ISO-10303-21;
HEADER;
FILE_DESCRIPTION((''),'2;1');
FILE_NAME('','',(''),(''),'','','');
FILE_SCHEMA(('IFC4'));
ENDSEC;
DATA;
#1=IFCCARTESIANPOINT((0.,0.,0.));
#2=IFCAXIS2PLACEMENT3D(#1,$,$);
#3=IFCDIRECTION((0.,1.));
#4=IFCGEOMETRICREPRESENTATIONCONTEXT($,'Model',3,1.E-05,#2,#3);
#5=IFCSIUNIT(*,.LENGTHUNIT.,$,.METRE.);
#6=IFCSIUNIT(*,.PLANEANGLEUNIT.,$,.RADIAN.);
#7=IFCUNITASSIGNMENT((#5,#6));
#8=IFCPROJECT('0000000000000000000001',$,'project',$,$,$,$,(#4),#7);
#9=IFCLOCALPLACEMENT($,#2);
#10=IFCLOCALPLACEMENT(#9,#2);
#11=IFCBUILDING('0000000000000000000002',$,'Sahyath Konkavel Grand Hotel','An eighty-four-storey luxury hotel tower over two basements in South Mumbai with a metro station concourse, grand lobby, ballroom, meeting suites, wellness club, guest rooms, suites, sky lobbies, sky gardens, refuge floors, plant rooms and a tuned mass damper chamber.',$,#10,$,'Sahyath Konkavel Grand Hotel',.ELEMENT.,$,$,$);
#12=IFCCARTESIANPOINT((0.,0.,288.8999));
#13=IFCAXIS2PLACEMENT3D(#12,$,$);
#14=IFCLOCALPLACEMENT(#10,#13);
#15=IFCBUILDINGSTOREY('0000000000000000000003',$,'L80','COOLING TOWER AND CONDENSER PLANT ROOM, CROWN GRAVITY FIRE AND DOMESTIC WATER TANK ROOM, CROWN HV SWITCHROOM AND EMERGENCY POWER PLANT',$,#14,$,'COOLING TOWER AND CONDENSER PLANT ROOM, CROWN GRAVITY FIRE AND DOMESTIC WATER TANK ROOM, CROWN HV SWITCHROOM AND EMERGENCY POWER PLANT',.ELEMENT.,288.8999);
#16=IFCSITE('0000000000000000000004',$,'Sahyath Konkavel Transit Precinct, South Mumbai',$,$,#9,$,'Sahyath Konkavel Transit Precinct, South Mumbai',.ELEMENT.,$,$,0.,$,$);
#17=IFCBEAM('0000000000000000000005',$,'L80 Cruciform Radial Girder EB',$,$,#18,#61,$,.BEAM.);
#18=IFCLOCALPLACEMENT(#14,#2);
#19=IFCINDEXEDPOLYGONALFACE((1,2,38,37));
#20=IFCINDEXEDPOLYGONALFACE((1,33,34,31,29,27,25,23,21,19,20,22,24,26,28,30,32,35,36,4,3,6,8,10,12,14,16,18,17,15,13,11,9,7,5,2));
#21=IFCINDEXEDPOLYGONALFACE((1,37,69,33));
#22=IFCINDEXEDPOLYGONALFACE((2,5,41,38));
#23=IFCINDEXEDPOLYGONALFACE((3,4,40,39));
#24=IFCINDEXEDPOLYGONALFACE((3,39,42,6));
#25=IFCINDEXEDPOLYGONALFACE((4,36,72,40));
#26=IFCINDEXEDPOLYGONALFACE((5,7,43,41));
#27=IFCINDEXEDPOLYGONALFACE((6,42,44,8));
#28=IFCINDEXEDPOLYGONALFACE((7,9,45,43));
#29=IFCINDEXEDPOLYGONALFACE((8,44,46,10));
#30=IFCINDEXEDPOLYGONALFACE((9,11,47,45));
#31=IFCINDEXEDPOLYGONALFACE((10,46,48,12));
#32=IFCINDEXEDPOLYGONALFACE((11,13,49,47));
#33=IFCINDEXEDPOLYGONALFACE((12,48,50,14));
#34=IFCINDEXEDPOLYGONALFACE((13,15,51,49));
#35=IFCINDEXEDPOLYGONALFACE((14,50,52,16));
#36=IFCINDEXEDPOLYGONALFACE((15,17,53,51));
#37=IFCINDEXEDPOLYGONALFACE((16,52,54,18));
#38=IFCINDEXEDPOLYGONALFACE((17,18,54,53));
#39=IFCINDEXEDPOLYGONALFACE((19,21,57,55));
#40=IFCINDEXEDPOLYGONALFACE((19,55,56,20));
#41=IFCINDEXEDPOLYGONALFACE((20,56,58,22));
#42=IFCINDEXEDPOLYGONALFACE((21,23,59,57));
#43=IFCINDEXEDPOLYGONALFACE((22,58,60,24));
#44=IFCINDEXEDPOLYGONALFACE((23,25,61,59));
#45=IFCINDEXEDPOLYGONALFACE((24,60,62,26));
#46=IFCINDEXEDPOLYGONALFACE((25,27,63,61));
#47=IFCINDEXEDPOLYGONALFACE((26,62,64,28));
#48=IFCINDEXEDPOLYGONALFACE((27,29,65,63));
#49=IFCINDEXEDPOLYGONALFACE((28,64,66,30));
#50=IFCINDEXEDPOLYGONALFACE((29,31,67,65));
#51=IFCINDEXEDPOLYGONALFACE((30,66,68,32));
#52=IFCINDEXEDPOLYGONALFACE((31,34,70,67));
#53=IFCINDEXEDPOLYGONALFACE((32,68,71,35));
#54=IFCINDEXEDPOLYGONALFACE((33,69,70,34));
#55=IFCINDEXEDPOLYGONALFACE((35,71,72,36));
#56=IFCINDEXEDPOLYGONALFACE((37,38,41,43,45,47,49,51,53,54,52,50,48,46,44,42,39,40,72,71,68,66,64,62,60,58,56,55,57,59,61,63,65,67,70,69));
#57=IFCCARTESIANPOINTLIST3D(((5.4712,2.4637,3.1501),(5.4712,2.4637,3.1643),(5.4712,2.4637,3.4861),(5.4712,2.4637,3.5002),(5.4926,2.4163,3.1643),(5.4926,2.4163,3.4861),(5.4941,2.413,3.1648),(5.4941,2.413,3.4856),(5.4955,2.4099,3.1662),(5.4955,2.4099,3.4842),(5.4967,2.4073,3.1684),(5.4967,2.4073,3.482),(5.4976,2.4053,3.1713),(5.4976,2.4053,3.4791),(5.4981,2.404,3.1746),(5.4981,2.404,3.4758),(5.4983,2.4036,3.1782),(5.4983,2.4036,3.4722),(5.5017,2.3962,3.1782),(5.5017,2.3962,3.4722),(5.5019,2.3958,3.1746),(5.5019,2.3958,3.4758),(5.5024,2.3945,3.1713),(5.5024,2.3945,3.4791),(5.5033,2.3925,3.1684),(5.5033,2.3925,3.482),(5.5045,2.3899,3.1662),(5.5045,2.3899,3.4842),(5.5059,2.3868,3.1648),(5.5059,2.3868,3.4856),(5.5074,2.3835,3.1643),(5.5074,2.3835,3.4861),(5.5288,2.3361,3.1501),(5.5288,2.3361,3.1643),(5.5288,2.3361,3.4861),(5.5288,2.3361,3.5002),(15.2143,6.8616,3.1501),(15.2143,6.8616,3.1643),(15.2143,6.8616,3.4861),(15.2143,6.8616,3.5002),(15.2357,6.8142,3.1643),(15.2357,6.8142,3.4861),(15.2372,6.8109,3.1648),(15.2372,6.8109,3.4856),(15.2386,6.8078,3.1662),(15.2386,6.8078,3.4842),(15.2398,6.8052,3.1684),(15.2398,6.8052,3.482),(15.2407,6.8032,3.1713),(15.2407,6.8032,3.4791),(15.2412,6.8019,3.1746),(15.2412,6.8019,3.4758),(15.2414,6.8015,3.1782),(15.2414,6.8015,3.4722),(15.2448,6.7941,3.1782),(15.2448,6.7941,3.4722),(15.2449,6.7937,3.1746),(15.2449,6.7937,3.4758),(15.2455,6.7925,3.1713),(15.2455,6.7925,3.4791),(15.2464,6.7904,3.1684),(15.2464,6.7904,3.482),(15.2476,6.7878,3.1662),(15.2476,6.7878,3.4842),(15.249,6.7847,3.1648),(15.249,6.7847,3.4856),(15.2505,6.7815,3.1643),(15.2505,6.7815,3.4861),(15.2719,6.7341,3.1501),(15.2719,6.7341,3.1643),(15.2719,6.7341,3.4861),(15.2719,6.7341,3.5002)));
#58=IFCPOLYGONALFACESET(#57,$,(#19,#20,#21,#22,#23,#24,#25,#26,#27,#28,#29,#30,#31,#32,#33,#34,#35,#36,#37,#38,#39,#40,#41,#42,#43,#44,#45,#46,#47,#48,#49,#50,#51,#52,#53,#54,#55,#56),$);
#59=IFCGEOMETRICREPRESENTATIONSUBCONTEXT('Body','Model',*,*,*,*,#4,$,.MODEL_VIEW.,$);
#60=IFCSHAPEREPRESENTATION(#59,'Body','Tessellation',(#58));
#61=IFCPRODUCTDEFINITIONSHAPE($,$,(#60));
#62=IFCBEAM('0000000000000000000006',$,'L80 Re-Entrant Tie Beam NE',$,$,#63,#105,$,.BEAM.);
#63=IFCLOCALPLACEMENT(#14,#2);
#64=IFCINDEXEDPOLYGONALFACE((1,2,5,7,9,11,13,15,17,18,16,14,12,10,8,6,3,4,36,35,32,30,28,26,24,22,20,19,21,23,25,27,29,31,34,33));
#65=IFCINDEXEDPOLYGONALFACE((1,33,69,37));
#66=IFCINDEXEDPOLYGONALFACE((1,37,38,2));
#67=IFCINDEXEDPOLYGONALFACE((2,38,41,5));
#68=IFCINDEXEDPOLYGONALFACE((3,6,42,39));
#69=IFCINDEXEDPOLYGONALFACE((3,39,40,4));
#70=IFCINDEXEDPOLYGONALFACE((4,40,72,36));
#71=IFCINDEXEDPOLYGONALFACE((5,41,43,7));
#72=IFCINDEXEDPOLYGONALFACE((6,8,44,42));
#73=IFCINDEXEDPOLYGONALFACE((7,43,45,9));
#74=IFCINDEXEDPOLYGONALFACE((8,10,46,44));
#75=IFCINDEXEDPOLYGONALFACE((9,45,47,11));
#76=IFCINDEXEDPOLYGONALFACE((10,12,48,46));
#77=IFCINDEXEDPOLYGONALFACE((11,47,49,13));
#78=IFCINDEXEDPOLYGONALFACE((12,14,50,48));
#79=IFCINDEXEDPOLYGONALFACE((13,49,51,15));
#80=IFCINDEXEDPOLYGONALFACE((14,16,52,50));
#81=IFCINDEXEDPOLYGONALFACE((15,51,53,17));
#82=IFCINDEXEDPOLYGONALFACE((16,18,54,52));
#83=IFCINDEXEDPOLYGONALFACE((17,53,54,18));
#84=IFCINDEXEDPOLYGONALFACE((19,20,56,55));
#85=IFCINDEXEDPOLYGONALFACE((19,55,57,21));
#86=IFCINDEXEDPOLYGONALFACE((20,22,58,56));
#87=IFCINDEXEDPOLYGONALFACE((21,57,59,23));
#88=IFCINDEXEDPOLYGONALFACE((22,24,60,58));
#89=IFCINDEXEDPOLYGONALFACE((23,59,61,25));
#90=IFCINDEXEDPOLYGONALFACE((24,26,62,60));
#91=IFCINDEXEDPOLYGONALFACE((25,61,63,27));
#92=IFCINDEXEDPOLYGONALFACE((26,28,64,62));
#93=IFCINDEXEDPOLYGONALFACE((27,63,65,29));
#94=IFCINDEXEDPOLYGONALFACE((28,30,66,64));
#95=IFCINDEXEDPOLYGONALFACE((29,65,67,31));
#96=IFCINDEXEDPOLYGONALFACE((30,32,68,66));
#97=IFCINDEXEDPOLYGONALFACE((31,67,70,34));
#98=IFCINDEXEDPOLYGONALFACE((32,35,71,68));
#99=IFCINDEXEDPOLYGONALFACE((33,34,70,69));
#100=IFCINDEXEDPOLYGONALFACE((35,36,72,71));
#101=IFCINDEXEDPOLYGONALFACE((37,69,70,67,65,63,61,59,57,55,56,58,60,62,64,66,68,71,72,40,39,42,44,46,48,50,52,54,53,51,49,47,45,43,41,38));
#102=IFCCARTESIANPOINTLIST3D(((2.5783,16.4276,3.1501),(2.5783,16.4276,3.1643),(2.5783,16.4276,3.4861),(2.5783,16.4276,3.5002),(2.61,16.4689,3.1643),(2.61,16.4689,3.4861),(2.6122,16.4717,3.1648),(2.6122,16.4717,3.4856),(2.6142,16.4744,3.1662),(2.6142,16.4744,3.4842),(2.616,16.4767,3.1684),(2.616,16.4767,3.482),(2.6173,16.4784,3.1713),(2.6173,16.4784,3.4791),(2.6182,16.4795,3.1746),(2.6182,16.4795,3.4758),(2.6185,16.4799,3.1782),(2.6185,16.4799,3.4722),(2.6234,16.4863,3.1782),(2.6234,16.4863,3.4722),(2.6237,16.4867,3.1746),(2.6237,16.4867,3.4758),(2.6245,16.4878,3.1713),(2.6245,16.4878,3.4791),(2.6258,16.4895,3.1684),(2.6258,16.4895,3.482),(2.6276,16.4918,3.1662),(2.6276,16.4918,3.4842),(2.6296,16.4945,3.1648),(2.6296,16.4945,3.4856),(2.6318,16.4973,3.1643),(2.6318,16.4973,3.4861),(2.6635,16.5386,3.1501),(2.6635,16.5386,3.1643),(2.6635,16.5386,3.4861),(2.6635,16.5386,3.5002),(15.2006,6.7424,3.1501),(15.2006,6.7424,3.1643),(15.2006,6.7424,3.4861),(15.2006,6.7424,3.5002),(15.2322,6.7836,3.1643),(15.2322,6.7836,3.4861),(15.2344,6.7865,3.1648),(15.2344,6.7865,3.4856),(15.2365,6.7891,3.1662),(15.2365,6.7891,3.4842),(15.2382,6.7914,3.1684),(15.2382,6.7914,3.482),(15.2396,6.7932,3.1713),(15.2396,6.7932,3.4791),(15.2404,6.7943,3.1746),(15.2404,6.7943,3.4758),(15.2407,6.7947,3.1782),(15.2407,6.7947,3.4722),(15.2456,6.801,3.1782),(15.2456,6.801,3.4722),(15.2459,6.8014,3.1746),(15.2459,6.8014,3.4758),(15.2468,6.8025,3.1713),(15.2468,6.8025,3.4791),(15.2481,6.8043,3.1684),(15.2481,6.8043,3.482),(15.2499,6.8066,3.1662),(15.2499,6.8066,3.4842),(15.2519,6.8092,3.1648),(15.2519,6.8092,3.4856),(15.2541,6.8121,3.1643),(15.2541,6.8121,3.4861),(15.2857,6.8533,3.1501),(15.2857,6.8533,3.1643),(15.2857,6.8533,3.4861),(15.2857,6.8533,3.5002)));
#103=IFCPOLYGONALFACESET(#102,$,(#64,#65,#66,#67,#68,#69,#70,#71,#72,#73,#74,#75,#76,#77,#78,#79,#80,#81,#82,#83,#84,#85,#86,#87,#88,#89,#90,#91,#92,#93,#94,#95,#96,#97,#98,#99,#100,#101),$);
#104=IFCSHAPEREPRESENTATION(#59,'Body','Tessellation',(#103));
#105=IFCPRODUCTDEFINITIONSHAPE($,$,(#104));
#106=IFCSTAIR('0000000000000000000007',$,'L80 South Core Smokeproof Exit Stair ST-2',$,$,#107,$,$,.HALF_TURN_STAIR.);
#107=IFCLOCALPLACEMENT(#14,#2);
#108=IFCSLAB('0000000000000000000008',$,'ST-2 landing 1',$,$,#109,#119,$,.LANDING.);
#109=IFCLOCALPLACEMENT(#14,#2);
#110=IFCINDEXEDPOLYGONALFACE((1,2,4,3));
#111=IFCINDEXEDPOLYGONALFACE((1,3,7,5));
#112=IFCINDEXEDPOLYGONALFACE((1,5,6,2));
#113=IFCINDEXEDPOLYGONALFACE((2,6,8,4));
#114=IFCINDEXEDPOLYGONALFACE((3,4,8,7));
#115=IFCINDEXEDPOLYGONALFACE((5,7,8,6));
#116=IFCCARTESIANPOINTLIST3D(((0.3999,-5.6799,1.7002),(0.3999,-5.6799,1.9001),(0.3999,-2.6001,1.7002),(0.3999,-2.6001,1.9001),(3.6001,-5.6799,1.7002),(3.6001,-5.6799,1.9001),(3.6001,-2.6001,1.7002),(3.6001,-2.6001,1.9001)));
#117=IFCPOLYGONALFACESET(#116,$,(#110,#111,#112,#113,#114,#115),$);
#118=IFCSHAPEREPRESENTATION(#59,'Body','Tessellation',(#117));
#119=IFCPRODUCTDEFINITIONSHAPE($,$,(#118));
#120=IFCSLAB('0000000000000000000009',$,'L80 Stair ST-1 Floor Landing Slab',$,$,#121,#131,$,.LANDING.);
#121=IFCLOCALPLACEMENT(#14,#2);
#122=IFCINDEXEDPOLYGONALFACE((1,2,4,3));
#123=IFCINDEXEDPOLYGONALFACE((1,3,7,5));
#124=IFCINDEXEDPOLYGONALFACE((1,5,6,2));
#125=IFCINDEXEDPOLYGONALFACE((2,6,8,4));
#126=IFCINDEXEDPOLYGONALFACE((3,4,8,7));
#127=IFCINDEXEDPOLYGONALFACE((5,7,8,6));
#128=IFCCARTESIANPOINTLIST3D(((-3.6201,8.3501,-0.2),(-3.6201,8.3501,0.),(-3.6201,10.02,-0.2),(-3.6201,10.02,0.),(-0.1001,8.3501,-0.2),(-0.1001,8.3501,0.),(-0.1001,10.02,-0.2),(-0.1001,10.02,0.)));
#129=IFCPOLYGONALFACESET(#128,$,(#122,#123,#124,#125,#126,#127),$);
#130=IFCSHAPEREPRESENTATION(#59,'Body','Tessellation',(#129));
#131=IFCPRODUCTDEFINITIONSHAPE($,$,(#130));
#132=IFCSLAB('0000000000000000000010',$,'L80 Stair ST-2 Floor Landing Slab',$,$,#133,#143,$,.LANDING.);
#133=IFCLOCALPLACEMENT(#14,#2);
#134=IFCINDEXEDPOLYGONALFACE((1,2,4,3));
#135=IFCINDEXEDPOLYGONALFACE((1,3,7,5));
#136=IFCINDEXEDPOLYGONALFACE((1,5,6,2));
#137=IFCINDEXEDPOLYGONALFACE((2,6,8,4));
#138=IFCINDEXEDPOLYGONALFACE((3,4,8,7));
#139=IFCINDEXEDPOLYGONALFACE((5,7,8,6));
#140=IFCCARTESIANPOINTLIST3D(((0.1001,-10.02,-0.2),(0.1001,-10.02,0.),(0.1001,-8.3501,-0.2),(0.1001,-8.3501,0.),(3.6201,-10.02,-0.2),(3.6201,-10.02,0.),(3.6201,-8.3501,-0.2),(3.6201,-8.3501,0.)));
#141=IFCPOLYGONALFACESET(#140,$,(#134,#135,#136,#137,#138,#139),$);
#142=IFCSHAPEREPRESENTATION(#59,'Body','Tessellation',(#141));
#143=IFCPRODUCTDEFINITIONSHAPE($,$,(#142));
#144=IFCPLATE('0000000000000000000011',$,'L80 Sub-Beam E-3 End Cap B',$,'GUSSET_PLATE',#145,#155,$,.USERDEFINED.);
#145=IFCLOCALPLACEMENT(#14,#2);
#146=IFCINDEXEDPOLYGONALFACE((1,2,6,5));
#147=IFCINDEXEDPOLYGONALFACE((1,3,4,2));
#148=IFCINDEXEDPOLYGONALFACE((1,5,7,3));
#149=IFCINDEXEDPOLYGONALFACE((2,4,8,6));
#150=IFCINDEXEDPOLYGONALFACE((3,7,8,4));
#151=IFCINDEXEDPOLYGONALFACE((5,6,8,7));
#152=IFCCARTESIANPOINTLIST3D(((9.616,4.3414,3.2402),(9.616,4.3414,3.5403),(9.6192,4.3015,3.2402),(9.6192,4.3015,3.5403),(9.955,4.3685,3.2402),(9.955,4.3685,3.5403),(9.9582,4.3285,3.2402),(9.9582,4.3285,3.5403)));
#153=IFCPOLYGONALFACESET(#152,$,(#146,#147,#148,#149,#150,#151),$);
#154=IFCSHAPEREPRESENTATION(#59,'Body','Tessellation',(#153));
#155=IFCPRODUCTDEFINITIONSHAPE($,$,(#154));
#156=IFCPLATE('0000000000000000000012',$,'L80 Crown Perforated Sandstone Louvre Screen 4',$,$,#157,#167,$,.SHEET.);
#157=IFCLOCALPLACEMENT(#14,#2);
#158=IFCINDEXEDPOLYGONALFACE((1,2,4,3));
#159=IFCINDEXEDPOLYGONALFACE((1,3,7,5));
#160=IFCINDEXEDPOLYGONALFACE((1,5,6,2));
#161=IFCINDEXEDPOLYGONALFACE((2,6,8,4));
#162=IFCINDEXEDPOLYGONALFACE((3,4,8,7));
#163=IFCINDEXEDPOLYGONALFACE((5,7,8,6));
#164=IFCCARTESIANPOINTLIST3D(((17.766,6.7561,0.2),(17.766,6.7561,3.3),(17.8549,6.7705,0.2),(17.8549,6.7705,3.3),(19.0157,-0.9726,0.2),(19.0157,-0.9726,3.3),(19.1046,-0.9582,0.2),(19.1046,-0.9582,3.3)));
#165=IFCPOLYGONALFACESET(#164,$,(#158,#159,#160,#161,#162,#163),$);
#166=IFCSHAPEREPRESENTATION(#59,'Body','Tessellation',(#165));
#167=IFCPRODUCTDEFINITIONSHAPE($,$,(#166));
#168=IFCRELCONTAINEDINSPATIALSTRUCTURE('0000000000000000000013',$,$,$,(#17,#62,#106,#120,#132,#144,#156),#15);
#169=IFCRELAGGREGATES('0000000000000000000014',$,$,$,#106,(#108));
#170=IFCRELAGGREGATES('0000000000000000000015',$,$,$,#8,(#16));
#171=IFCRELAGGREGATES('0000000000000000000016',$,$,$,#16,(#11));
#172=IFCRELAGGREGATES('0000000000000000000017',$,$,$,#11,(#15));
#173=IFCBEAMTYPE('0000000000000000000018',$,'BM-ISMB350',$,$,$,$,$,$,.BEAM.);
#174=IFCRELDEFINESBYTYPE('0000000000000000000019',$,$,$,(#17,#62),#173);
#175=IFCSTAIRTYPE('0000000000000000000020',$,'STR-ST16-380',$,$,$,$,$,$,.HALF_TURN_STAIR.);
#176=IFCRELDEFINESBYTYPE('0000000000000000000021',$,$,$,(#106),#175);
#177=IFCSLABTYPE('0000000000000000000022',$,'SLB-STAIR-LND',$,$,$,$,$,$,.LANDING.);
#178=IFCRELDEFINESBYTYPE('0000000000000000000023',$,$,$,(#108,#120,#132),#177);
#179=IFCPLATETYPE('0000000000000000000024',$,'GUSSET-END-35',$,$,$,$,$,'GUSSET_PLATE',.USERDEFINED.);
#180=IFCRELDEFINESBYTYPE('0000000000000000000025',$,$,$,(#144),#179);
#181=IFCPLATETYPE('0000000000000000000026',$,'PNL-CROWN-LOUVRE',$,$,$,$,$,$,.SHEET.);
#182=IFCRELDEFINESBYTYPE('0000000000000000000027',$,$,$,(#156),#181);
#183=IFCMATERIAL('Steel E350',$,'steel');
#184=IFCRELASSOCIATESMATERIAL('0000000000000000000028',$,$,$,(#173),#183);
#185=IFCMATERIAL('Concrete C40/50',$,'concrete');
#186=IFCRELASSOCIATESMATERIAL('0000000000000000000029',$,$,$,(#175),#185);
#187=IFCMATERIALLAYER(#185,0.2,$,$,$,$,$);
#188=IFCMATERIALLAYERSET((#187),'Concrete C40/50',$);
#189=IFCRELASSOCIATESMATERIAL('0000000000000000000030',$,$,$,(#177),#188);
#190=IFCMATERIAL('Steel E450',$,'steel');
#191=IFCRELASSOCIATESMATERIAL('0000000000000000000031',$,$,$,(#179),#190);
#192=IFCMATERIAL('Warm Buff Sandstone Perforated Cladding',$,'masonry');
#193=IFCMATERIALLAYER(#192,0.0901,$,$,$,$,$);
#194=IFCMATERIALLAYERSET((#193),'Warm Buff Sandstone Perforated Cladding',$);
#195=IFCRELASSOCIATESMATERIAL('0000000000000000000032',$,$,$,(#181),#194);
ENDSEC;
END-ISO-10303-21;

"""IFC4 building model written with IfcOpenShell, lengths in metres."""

from ifc_helpers import new_model, si_unit, direction, frame, origin, origin_2d, place, context, subcontext, project, spatial, polyline, rectangle, i_section, outline, extrude, source, transform, mapped, material, layer, layer_set, material_profile, profile_set, type_object, element, aggregate, save


model = new_model("IFC4")

# Units and contexts
model_context = context("Model", 3, precision=1e-05, world=origin(), true_north=direction((0.0, 1.0)))
body_context = subcontext(model_context, "Body", "Model", "MODEL_VIEW")
ifc_project = project(units=[si_unit("LENGTHUNIT", "METRE"), si_unit("PLANEANGLEUNIT", "RADIAN")], contexts=[model_context])

# Site, building, storey
site_placement = place(None, origin())
site = spatial("IfcSite", under=ifc_project, at=site_placement, Name="Sahyath Konkavel Transit Precinct, South Mumbai", LongName="Sahyath Konkavel Transit Precinct, South Mumbai", CompositionType="ELEMENT", RefElevation=0.0)
building_placement = place(site_placement, origin())
building = spatial("IfcBuilding", under=site, at=building_placement, Name="Sahyath Konkavel Grand Hotel", Description="An eighty-four-storey luxury hotel tower over two basements in South Mumbai with a metro station concourse, grand lobby, ballroom, meeting suites, wellness club, guest rooms, suites, sky lobbies, sky gardens, refuge floors, plant rooms and a tuned mass damper chamber.", LongName="Sahyath Konkavel Grand Hotel", CompositionType="ELEMENT")
storey_placement = place(building_placement, frame((0.0, 0.0, 288.8999)))
storey = spatial("IfcBuildingStorey", under=building, at=storey_placement, Name="L80", Description="COOLING TOWER AND CONDENSER PLANT ROOM, CROWN GRAVITY FIRE AND DOMESTIC WATER TANK ROOM, CROWN HV SWITCHROOM AND EMERGENCY POWER PLANT", LongName="COOLING TOWER AND CONDENSER PLANT ROOM, CROWN GRAVITY FIRE AND DOMESTIC WATER TANK ROOM, CROWN HV SWITCHROOM AND EMERGENCY POWER PLANT", CompositionType="ELEMENT", Elevation=288.8999)

# Shared definitions
ifc_material_1 = material(Name="Concrete C40/50", Category="concrete")

# Beams
ifc_material_2 = material(Name="Steel E350", Category="steel")
ifc_material_profile_1 = material_profile(ifc_material_2, i_section(OverallWidth=0.1399, OverallDepth=0.3501, WebThickness=0.0081, FlangeThickness=0.0142, FilletRadius=0.0139, at=origin_2d()), Name="ISMB 350")
ifc_profile_set_1 = profile_set([ifc_material_profile_1], Name="Steel E350")
beam_type_1 = type_object("IfcBeamType", Name="BM-ISMB350", PredefinedType="BEAM", material=ifc_profile_set_1)
shared_shape_1 = source(origin(), body_context, "Body", "SweptSolid", [
    extrude(i_section(OverallWidth=0.1399, OverallDepth=0.3501, WebThickness=0.0081, FlangeThickness=0.0142, FilletRadius=0.0139, at=origin_2d()), origin(), (0.0, 0.0, 1.0), 10.6897),
])
beam_1_placement = place(storey_placement, frame((5.5, 2.3999, 3.3252), z_axis=(0.911447, 0.411417, 0.0), x_axis=(-0.411417, 0.911447, 0.0)))
element("IfcBeam", 1, at=beam_1_placement, inside=storey, type_object=beam_type_1, Name="L80 Cruciform Radial Girder EB", PredefinedType="BEAM", context=body_context, shape_type="MappedRepresentation", body=[
    mapped(shared_shape_1, transform((0.0, 0.0, 0.0), scale=1.0)),
])
shared_shape_2 = source(origin(), body_context, "Body", "SweptSolid", [
    extrude(i_section(OverallWidth=0.1399, OverallDepth=0.3501, WebThickness=0.0081, FlangeThickness=0.0142, FilletRadius=0.0139, at=origin_2d()), origin(), (0.0, 0.0, 1.0), 15.9099),
])
beam_2_placement = place(storey_placement, frame((15.2432, 6.7979, 3.3252), z_axis=(-0.793358, 0.608756, 0.0), x_axis=(-0.608756, -0.793358, 0.0)))
element("IfcBeam", 2, at=beam_2_placement, inside=storey, type_object=beam_type_1, Name="L80 Re-Entrant Tie Beam NE", PredefinedType="BEAM", context=body_context, shape_type="MappedRepresentation", body=[
    mapped(shared_shape_2, transform((0.0, 0.0, 0.0), scale=1.0)),
])

# Stair, slab
stair_type = type_object("IfcStairType", Name="STR-ST16-380", PredefinedType="HALF_TURN_STAIR", material=ifc_material_1)
stair_placement = place(storey_placement, origin())
stair = element("IfcStair", 3, at=stair_placement, inside=storey, type_object=stair_type, Name="L80 South Core Smokeproof Exit Stair ST-2", PredefinedType="HALF_TURN_STAIR")
ifc_layer_1 = layer(ifc_material_1, 0.2)
ifc_layer_set_1 = layer_set([ifc_layer_1], Name="Concrete C40/50")
slab_type = type_object("IfcSlabType", Name="SLB-STAIR-LND", PredefinedType="LANDING", material=ifc_layer_set_1)
slab_1_placement = place(storey_placement, frame((0.0, 0.0, 1.7002)))
slab_1 = element("IfcSlab", 4, at=slab_1_placement, type_object=slab_type, Name="ST-2 landing 1", PredefinedType="LANDING", context=body_context, shape_type="SweptSolid", body=[
    extrude(outline(polyline([(3.6001, -5.6799), (3.6001, -2.6001), (0.3999, -2.6001), (0.3999, -5.6799), (3.6001, -5.6799)])), origin(), (0.0, 0.0, 1.0), 0.2),
])
aggregate(stair, [slab_1])

# Slabs
slab_2_placement = place(storey_placement, frame((0.0, 0.0, -0.2)))
element("IfcSlab", 5, at=slab_2_placement, inside=storey, type_object=slab_type, Name="L80 Stair ST-1 Floor Landing Slab", PredefinedType="LANDING", context=body_context, shape_type="SweptSolid", body=[
    extrude(outline(polyline([(-3.6201, 8.3501), (-0.1001, 8.3501), (-0.1001, 10.02), (-3.6201, 10.02), (-3.6201, 8.3501)])), origin(), (0.0, 0.0, 1.0), 0.2),
])
slab_3_placement = place(storey_placement, frame((0.0, 0.0, -0.2)))
element("IfcSlab", 6, at=slab_3_placement, inside=storey, type_object=slab_type, Name="L80 Stair ST-2 Floor Landing Slab", PredefinedType="LANDING", context=body_context, shape_type="SweptSolid", body=[
    extrude(outline(polyline([(0.1001, -10.02), (3.6201, -10.02), (3.6201, -8.3501), (0.1001, -8.3501), (0.1001, -10.02)])), origin(), (0.0, 0.0, 1.0), 0.2),
])

# Plates
ifc_material_3 = material(Name="Steel E450", Category="steel")
plate_type_1 = type_object("IfcPlateType", Name="GUSSET-END-35", ElementType="GUSSET_PLATE", PredefinedType="USERDEFINED", material=ifc_material_3)
shared_shape_3 = source(origin(), body_context, "Body", "SweptSolid", [
    extrude(rectangle(XDim=0.04, YDim=0.3401, at=origin_2d()), origin(), (0.0, 0.0, 1.0), 0.3),
])
plate_1_placement = place(storey_placement, frame((9.7871, 4.335, 3.2402), z_axis=(0.0, 0.0, 1.0), x_axis=(-0.079607, 0.996826, 0.0)))
element("IfcPlate", 7, at=plate_1_placement, inside=storey, type_object=plate_type_1, Name="L80 Sub-Beam E-3 End Cap B", ObjectType="GUSSET_PLATE", PredefinedType="USERDEFINED", context=body_context, shape_type="MappedRepresentation", body=[
    mapped(shared_shape_3, transform((0.0, 0.0, 0.0), scale=1.0)),
])
ifc_material_4 = material(Name="Warm Buff Sandstone Perforated Cladding", Category="masonry")
ifc_layer_2 = layer(ifc_material_4, 0.0901)
ifc_layer_set_2 = layer_set([ifc_layer_2], Name="Warm Buff Sandstone Perforated Cladding")
plate_type_2 = type_object("IfcPlateType", Name="PNL-CROWN-LOUVRE", PredefinedType="SHEET", material=ifc_layer_set_2)
shared_shape_4 = source(origin(), body_context, "Body", "SweptSolid", [
    extrude(rectangle(XDim=7.8291, YDim=0.0901, at=origin_2d()), origin(), (0.0, 0.0, 1.0), 3.1001),
])
plate_2_placement = place(storey_placement, frame((18.4353, 2.8989, 0.2), z_axis=(0.0, 0.0, 1.0), x_axis=(-0.159623, 0.987178, 0.0)))
element("IfcPlate", 8, at=plate_2_placement, inside=storey, type_object=plate_type_2, Name="L80 Crown Perforated Sandstone Louvre Screen 4", PredefinedType="SHEET", context=body_context, shape_type="MappedRepresentation", body=[
    mapped(shared_shape_4, transform((0.0, 0.0, 0.0), scale=1.0)),
])

save(model, "model.ifc")
